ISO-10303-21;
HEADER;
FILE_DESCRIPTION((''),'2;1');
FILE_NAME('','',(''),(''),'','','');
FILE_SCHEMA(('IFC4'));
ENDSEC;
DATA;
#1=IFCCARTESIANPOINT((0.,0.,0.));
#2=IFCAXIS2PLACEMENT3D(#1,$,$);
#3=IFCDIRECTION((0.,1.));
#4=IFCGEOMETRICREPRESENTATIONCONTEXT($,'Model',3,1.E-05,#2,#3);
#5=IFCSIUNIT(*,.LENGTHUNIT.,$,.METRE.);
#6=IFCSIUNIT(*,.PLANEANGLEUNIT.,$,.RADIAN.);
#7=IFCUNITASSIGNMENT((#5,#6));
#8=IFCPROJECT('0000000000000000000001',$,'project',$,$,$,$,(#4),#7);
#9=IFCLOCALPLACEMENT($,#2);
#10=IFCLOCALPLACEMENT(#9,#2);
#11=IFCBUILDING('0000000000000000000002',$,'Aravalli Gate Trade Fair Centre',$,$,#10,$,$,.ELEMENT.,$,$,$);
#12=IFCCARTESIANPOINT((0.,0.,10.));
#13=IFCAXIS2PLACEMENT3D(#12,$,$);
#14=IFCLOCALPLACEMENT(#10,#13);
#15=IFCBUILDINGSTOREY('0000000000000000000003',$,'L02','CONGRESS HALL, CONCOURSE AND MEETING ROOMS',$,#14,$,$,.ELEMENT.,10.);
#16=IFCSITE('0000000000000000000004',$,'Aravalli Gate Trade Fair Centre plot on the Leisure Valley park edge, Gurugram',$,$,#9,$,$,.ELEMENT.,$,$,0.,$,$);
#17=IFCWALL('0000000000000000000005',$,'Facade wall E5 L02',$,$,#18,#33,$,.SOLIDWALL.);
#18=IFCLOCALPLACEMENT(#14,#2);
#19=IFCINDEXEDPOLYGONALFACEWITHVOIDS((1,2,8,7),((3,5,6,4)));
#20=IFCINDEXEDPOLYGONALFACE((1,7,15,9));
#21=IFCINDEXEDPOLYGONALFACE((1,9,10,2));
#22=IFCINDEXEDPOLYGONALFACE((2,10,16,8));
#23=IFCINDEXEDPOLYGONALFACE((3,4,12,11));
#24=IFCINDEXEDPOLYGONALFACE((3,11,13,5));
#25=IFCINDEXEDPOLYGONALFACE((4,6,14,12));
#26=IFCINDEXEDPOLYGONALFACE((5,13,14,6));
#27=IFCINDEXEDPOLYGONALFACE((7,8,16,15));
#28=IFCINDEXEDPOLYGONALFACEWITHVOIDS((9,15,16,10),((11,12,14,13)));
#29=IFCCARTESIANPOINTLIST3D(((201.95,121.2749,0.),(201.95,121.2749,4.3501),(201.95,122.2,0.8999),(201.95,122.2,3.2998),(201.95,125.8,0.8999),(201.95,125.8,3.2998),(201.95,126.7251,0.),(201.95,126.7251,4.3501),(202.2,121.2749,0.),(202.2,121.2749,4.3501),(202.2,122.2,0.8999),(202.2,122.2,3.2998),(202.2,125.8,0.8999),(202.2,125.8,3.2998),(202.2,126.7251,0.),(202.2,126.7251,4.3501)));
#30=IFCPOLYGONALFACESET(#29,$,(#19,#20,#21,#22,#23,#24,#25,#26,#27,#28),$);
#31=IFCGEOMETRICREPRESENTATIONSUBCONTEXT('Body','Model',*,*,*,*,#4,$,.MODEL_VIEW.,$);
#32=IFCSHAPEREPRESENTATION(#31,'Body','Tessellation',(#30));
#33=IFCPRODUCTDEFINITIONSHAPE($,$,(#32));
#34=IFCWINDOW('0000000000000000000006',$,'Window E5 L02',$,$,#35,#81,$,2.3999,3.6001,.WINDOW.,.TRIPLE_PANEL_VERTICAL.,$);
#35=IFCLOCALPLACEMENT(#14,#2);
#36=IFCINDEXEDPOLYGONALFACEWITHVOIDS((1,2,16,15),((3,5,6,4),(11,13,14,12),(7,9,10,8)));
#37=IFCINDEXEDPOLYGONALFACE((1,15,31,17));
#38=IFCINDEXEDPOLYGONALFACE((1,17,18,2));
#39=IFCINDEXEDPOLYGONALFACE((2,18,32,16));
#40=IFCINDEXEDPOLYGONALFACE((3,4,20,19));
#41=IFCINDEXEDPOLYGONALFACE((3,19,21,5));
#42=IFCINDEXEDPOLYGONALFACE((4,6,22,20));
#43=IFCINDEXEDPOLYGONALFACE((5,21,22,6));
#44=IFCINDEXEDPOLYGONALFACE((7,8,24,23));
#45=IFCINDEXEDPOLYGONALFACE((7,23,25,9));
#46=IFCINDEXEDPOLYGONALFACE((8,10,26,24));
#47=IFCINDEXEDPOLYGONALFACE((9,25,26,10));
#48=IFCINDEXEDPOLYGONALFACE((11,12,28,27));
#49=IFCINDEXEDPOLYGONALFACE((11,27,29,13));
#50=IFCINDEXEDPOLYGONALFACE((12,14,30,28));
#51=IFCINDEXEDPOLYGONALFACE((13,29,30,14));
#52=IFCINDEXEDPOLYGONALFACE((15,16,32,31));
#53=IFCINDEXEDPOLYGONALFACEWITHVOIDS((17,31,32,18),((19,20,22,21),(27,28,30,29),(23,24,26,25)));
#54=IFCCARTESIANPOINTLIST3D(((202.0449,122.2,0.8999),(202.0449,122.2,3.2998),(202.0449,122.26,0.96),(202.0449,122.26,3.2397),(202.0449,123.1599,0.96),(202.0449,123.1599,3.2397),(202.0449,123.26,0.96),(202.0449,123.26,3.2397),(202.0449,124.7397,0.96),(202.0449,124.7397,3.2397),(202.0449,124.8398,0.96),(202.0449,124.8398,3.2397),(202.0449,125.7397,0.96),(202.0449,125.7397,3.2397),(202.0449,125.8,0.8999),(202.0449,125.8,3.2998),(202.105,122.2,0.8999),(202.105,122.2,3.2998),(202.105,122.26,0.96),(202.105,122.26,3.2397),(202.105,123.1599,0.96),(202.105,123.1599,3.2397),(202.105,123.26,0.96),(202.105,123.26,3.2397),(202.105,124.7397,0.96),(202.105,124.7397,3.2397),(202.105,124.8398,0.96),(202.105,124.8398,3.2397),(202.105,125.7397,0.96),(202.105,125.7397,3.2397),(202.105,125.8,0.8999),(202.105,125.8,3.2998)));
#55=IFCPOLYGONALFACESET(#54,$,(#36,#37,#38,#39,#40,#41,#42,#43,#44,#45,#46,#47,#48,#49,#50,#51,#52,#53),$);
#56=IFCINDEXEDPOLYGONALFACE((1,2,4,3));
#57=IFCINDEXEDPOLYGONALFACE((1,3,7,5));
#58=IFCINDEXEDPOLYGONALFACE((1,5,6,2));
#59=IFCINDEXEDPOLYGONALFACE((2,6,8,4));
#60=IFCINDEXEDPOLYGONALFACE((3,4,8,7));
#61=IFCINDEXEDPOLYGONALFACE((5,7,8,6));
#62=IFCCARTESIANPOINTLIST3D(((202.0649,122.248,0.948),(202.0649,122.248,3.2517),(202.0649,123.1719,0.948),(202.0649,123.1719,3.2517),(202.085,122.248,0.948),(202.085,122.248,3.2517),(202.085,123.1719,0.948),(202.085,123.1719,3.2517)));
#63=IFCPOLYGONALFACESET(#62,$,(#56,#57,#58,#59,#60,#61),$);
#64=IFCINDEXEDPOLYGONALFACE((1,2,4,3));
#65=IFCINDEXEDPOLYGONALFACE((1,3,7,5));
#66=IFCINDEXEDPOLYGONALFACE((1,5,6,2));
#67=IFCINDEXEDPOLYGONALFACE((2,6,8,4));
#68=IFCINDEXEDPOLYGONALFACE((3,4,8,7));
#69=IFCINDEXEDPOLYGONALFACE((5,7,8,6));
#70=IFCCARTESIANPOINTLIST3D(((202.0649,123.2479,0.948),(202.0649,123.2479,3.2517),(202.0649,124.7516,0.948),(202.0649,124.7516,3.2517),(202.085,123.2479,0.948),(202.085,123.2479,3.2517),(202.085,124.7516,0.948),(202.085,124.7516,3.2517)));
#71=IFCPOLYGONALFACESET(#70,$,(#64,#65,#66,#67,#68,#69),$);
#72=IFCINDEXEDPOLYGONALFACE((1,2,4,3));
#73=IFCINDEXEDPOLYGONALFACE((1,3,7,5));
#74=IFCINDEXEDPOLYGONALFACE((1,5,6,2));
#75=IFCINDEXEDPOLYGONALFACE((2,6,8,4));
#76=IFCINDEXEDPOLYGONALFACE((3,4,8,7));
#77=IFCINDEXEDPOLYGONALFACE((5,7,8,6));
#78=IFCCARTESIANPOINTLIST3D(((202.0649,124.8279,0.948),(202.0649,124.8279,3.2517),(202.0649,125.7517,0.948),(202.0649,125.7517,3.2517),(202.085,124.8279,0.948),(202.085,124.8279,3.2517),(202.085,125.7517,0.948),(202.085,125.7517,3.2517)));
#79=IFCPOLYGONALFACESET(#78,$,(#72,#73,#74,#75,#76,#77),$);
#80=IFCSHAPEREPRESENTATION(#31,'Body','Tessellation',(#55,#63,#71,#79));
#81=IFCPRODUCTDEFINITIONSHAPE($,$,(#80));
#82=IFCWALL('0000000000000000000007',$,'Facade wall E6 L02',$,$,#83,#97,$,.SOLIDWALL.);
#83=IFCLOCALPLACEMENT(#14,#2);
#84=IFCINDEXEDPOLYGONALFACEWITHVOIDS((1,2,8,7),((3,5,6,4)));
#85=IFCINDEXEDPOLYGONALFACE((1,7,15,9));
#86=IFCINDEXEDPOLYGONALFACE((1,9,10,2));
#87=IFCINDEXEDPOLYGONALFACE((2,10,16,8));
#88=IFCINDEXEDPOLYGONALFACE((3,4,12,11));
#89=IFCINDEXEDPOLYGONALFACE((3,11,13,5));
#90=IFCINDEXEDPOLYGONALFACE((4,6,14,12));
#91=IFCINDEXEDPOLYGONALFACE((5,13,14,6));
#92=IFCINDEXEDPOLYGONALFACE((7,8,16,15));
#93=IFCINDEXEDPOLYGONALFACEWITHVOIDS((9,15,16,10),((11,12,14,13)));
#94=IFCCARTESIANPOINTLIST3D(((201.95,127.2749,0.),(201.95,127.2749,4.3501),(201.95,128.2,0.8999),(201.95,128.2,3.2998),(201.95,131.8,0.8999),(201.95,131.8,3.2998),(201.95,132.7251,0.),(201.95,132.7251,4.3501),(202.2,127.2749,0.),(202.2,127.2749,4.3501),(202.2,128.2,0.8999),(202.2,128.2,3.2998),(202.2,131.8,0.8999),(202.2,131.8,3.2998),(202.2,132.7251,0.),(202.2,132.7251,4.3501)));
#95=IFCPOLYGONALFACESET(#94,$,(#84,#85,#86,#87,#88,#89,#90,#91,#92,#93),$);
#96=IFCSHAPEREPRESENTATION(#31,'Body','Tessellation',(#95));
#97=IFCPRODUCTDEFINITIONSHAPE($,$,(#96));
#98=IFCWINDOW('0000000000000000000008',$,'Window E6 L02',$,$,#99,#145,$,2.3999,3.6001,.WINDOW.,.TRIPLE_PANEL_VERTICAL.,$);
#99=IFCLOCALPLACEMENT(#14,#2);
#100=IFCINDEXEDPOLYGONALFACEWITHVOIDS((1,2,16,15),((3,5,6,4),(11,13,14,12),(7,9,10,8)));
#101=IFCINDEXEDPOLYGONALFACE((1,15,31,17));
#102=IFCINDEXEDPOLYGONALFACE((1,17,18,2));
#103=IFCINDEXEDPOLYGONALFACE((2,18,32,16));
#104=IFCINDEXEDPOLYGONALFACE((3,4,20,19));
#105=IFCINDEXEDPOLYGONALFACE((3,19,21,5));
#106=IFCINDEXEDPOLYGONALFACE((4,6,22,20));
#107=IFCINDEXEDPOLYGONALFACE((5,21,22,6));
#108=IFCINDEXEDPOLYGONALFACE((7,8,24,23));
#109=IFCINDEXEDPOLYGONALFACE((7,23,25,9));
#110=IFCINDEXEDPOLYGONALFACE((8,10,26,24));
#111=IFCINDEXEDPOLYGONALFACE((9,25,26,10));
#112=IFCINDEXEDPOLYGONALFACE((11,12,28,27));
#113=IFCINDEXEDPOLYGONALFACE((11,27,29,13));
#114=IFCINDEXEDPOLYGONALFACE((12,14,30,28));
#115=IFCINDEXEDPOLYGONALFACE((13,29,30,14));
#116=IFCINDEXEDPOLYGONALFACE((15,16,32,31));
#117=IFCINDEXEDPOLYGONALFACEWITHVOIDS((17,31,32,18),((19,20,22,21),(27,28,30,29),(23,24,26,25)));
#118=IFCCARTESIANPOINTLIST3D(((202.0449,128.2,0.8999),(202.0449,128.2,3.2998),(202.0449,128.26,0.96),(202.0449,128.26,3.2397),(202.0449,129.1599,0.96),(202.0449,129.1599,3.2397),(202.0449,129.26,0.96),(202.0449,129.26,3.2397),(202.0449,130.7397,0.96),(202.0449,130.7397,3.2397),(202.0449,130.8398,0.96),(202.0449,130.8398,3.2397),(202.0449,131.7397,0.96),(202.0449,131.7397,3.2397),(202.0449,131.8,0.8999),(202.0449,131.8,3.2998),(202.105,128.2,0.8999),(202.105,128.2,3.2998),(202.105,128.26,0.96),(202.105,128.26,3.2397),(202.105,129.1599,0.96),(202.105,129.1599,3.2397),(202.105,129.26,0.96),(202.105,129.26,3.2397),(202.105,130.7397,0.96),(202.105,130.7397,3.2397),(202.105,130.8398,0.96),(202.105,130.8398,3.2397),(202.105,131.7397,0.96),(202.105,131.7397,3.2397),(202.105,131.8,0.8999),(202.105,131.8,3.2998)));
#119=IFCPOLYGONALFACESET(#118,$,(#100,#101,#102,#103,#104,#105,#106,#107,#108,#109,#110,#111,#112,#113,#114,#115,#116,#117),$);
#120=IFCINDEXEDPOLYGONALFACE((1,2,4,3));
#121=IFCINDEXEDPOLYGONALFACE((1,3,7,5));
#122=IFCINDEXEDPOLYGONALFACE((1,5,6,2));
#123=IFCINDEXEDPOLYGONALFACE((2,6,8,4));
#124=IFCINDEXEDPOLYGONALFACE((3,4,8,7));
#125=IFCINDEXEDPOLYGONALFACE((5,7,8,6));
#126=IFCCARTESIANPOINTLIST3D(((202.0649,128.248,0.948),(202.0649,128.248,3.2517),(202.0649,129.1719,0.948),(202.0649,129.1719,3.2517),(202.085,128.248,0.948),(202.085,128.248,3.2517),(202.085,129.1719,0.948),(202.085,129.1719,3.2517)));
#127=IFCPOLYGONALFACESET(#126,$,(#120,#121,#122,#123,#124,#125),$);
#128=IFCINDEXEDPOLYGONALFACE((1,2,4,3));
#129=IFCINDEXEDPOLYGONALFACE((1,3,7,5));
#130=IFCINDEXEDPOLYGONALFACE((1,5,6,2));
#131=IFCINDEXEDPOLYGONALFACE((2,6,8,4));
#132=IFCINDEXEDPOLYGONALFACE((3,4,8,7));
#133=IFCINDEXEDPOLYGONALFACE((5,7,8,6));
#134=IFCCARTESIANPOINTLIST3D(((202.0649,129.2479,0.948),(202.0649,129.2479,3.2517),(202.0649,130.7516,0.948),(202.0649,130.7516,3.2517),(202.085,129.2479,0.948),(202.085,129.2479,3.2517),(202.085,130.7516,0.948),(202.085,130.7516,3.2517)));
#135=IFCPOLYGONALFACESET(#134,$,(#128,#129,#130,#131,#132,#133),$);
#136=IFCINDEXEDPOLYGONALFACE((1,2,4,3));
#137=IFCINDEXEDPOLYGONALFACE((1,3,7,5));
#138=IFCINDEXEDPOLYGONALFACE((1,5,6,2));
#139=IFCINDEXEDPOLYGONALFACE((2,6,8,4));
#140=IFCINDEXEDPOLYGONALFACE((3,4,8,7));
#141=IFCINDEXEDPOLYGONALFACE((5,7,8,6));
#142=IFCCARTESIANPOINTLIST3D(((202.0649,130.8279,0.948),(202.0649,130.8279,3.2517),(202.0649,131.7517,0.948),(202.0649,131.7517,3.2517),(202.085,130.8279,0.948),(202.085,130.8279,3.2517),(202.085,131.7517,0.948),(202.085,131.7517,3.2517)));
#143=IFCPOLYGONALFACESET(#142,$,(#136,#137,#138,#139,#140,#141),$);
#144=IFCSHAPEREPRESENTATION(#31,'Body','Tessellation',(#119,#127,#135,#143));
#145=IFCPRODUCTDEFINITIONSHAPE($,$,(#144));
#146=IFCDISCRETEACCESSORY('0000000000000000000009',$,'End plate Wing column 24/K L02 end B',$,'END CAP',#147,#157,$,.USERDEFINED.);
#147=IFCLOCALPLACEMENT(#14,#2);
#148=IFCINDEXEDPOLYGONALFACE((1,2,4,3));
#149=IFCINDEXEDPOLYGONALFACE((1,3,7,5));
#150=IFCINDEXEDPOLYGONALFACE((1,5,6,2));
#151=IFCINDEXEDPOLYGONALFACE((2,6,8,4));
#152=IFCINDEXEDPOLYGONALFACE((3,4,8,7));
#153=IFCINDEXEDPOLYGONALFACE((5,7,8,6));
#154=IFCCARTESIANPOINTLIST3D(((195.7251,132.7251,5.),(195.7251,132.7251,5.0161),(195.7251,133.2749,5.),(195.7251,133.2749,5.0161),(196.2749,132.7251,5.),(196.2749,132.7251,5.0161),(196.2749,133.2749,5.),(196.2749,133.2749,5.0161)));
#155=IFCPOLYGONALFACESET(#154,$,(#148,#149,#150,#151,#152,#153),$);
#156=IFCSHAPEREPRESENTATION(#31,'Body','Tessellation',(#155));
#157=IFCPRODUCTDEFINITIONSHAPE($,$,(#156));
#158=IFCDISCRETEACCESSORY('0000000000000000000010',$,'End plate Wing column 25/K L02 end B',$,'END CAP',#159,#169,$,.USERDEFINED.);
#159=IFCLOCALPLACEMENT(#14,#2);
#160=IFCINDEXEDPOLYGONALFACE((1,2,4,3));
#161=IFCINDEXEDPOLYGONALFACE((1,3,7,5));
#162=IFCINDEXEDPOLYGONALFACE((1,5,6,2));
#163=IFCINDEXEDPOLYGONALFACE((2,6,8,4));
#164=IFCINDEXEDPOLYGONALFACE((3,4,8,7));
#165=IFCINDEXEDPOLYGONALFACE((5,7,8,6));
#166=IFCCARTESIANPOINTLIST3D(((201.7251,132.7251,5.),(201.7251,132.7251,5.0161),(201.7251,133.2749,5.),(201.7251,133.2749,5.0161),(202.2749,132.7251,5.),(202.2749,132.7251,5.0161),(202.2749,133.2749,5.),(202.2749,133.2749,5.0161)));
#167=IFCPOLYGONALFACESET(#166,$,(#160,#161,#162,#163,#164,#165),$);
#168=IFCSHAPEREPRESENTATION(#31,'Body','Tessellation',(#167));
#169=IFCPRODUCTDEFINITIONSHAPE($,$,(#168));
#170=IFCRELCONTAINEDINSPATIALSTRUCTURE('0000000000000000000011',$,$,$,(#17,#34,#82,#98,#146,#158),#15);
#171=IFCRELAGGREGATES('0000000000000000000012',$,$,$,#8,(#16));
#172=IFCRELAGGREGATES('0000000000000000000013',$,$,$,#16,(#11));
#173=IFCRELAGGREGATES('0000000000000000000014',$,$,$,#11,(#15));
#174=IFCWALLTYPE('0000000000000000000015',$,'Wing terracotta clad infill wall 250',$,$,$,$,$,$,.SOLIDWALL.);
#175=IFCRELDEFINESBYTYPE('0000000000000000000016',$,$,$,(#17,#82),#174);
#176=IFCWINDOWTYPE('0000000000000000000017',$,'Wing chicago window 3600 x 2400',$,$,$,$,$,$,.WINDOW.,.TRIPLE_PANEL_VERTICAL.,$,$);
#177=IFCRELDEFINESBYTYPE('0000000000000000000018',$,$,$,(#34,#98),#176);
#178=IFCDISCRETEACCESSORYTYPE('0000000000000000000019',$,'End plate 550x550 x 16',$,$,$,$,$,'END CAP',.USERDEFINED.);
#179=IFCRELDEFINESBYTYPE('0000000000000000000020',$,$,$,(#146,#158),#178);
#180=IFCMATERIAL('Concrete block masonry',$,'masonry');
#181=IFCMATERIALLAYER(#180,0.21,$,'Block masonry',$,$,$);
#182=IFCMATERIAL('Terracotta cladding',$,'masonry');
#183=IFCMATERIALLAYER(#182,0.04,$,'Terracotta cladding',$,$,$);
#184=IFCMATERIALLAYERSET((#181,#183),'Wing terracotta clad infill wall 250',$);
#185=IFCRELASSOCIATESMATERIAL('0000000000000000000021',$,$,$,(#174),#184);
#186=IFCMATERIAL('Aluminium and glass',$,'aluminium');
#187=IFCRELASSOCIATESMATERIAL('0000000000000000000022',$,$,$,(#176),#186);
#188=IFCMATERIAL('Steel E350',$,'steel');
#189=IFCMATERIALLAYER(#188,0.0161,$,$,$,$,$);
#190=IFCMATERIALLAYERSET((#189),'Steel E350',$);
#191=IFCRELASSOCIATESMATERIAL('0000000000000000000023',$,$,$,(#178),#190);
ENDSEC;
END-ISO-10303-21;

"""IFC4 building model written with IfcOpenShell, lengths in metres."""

from ifc_helpers import new_model, si_unit, direction, frame, frame_2d, origin, place, context, subcontext, project, spatial, polyline, rectangle, outline, extrude, material, layer, layer_set, type_object, element, fill, save


model = new_model("IFC4")

# Units and contexts
model_context = context("Model", 3, precision=1e-05, world=origin(), true_north=direction((0.0, 1.0)))
body_context = subcontext(model_context, "Body", "Model", "MODEL_VIEW")
ifc_project = project(units=[si_unit("LENGTHUNIT", "METRE"), si_unit("PLANEANGLEUNIT", "RADIAN")], contexts=[model_context])

# Site, building, storey
site_placement = place(None, origin())
site = spatial("IfcSite", under=ifc_project, at=site_placement, Name="Aravalli Gate Trade Fair Centre plot on the Leisure Valley park edge, Gurugram", CompositionType="ELEMENT", RefElevation=0.0)
building_placement = place(site_placement, origin())
building = spatial("IfcBuilding", under=site, at=building_placement, Name="Aravalli Gate Trade Fair Centre", CompositionType="ELEMENT")
storey_placement = place(building_placement, frame((0.0, 0.0, 10.0)))
storey = spatial("IfcBuildingStorey", under=building, at=storey_placement, Name="L02", Description="CONGRESS HALL, CONCOURSE AND MEETING ROOMS", CompositionType="ELEMENT", Elevation=10.0)

# Shared definitions
ifc_material_1 = material(Name="Steel E350", Category="steel")

# Walls, openings, windows
ifc_material_2 = material(Name="Concrete block masonry", Category="masonry")
ifc_layer_1 = layer(ifc_material_2, 0.21, Name="Block masonry")
ifc_material_3 = material(Name="Terracotta cladding", Category="masonry")
ifc_layer_2 = layer(ifc_material_3, 0.04, Name="Terracotta cladding")
ifc_layer_set_1 = layer_set([ifc_layer_1, ifc_layer_2], Name="Wing terracotta clad infill wall 250")
wall_type_1 = type_object("IfcWallType", Name="Wing terracotta clad infill wall 250", PredefinedType="SOLIDWALL", material=ifc_layer_set_1)
ifc_material_4 = material(Name="Aluminium and glass", Category="aluminium")
window_type = type_object("IfcWindowType", Name="Wing chicago window 3600 x 2400", PartitioningType="TRIPLE_PANEL_VERTICAL", PredefinedType="WINDOW", material=ifc_material_4)
wall_1_placement = place(storey_placement, frame((202.075, 121.2749, 0.0), z_axis=(0.0, 0.0, 1.0), x_axis=(0.0, 1.0, 0.0)))
wall_1 = element("IfcWall", 1, at=wall_1_placement, inside=storey, type_object=wall_type_1, Name="Facade wall E5 L02", PredefinedType="SOLIDWALL", context=body_context, shape_type="SweptSolid", body=[
    extrude(rectangle(XDim=5.4502, YDim=0.25, at=frame_2d((2.7251, 0.0))), origin(), (0.0, 0.0, 1.0), 4.3501),
])
opening_1_placement = place(wall_1_placement, frame((0.925, 0.0, 0.8999)))
opening_1 = element("IfcOpeningElement", 2, at=opening_1_placement, cuts=wall_1, PredefinedType="OPENING", context=body_context, shape_type="SweptSolid", body=[
    extrude(rectangle(XDim=3.6001, YDim=2.3999, at=frame_2d((1.8, 1.2))), frame((0.0, 0.135, 0.0), z_axis=(0.0, -1.0, 0.0), x_axis=(1.0, 0.0, 0.0)), (0.0, 0.0, 1.0), 0.27),
])
window_1_placement = place(opening_1_placement, origin())
window_1 = element("IfcWindow", 3, at=window_1_placement, inside=storey, type_object=window_type, Name="Window E5 L02", OverallHeight=2.3999, OverallWidth=3.6001, PartitioningType="TRIPLE_PANEL_VERTICAL", PredefinedType="WINDOW", context=body_context, shape_type="SweptSolid", body=[
    extrude(outline(polyline([(0.0, 0.0), (3.6001, 0.0), (3.6001, 2.3999), (0.0, 2.3999), (0.0, 0.0)]), holes=[polyline([(0.0601, 0.0601), (0.96, 0.0601), (0.96, 2.3398), (0.0601, 2.3398), (0.0601, 0.0601)]), polyline([(1.0601, 0.0601), (2.5398, 0.0601), (2.5398, 2.3398), (1.0601, 2.3398), (1.0601, 0.0601)]), polyline([(2.6399, 0.0601), (3.5398, 0.0601), (3.5398, 2.3398), (2.6399, 2.3398), (2.6399, 0.0601)])]), frame((0.0, 0.03, 0.0), z_axis=(0.0, -1.0, 0.0), x_axis=(1.0, 0.0, 0.0)), (0.0, 0.0, 1.0), 0.0601),
    extrude(rectangle(XDim=0.9238, YDim=2.3037, at=frame_2d((0.51, 1.2))), frame((0.0, 0.01, 0.0), z_axis=(0.0, -1.0, 0.0), x_axis=(1.0, 0.0, 0.0)), (0.0, 0.0, 1.0), 0.02),
    extrude(rectangle(XDim=1.5037, YDim=2.3037, at=frame_2d((1.7998, 1.2))), frame((0.0, 0.01, 0.0), z_axis=(0.0, -1.0, 0.0), x_axis=(1.0, 0.0, 0.0)), (0.0, 0.0, 1.0), 0.02),
    extrude(rectangle(XDim=0.9238, YDim=2.3037, at=frame_2d((3.0898, 1.2))), frame((0.0, 0.01, 0.0), z_axis=(0.0, -1.0, 0.0), x_axis=(1.0, 0.0, 0.0)), (0.0, 0.0, 1.0), 0.02),
])
fill(opening_1, window_1)
wall_2_placement = place(storey_placement, frame((202.075, 127.2749, 0.0), z_axis=(0.0, 0.0, 1.0), x_axis=(0.0, 1.0, 0.0)))
wall_2 = element("IfcWall", 4, at=wall_2_placement, inside=storey, type_object=wall_type_1, Name="Facade wall E6 L02", PredefinedType="SOLIDWALL", context=body_context, shape_type="SweptSolid", body=[
    extrude(rectangle(XDim=5.4502, YDim=0.25, at=frame_2d((2.7251, 0.0))), origin(), (0.0, 0.0, 1.0), 4.3501),
])
opening_2_placement = place(wall_2_placement, frame((0.925, 0.0, 0.8999)))
opening_2 = element("IfcOpeningElement", 5, at=opening_2_placement, cuts=wall_2, PredefinedType="OPENING", context=body_context, shape_type="SweptSolid", body=[
    extrude(rectangle(XDim=3.6001, YDim=2.3999, at=frame_2d((1.8, 1.2))), frame((0.0, 0.135, 0.0), z_axis=(0.0, -1.0, 0.0), x_axis=(1.0, 0.0, 0.0)), (0.0, 0.0, 1.0), 0.27),
])
window_2_placement = place(opening_2_placement, origin())
window_2 = element("IfcWindow", 6, at=window_2_placement, inside=storey, type_object=window_type, Name="Window E6 L02", OverallHeight=2.3999, OverallWidth=3.6001, PartitioningType="TRIPLE_PANEL_VERTICAL", PredefinedType="WINDOW", context=body_context, shape_type="SweptSolid", body=[
    extrude(outline(polyline([(0.0, 0.0), (3.6001, 0.0), (3.6001, 2.3999), (0.0, 2.3999), (0.0, 0.0)]), holes=[polyline([(0.0601, 0.0601), (0.96, 0.0601), (0.96, 2.3398), (0.0601, 2.3398), (0.0601, 0.0601)]), polyline([(1.0601, 0.0601), (2.5398, 0.0601), (2.5398, 2.3398), (1.0601, 2.3398), (1.0601, 0.0601)]), polyline([(2.6399, 0.0601), (3.5398, 0.0601), (3.5398, 2.3398), (2.6399, 2.3398), (2.6399, 0.0601)])]), frame((0.0, 0.03, 0.0), z_axis=(0.0, -1.0, 0.0), x_axis=(1.0, 0.0, 0.0)), (0.0, 0.0, 1.0), 0.0601),
    extrude(rectangle(XDim=0.9238, YDim=2.3037, at=frame_2d((0.51, 1.2))), frame((0.0, 0.01, 0.0), z_axis=(0.0, -1.0, 0.0), x_axis=(1.0, 0.0, 0.0)), (0.0, 0.0, 1.0), 0.02),
    extrude(rectangle(XDim=1.5037, YDim=2.3037, at=frame_2d((1.7998, 1.2))), frame((0.0, 0.01, 0.0), z_axis=(0.0, -1.0, 0.0), x_axis=(1.0, 0.0, 0.0)), (0.0, 0.0, 1.0), 0.02),
    extrude(rectangle(XDim=0.9238, YDim=2.3037, at=frame_2d((3.0898, 1.2))), frame((0.0, 0.01, 0.0), z_axis=(0.0, -1.0, 0.0), x_axis=(1.0, 0.0, 0.0)), (0.0, 0.0, 1.0), 0.02),
])
fill(opening_2, window_2)

# Discrete accessories
ifc_layer_3 = layer(ifc_material_1, 0.0161)
ifc_layer_set_2 = layer_set([ifc_layer_3], Name="Steel E350")
discrete_accessory_type = type_object("IfcDiscreteAccessoryType", Name="End plate 550x550 x 16", ElementType="END CAP", PredefinedType="USERDEFINED", material=ifc_layer_set_2)
for number, where, z_axis, x_axis, name in (
    (7, (195.7251, 132.7251, 5.0161), (0.0, 0.0, 1.0), (1.0, 0.0, 0.0), "End plate Wing column 24/K L02 end B"),
    (8, (201.7251, 132.7251, 5.0161), (0.0, 0.0, 1.0), (1.0, 0.0, 0.0), "End plate Wing column 25/K L02 end B"),
):
    element("IfcDiscreteAccessory", number, at=place(storey_placement, frame(where, z_axis=z_axis, x_axis=x_axis)), inside=storey, type_object=discrete_accessory_type, Name=name, ObjectType="END CAP", PredefinedType="USERDEFINED", context=body_context, shape_type="SweptSolid", body=[
        extrude(outline(polyline([(0.0, 0.0), (0.5498, 0.0), (0.5498, 0.5498), (0.0, 0.5498), (0.0, 0.0)])), origin(), (0.0, 0.0, -1.0), 0.0161),
    ])

save(model, "model.ifc")
